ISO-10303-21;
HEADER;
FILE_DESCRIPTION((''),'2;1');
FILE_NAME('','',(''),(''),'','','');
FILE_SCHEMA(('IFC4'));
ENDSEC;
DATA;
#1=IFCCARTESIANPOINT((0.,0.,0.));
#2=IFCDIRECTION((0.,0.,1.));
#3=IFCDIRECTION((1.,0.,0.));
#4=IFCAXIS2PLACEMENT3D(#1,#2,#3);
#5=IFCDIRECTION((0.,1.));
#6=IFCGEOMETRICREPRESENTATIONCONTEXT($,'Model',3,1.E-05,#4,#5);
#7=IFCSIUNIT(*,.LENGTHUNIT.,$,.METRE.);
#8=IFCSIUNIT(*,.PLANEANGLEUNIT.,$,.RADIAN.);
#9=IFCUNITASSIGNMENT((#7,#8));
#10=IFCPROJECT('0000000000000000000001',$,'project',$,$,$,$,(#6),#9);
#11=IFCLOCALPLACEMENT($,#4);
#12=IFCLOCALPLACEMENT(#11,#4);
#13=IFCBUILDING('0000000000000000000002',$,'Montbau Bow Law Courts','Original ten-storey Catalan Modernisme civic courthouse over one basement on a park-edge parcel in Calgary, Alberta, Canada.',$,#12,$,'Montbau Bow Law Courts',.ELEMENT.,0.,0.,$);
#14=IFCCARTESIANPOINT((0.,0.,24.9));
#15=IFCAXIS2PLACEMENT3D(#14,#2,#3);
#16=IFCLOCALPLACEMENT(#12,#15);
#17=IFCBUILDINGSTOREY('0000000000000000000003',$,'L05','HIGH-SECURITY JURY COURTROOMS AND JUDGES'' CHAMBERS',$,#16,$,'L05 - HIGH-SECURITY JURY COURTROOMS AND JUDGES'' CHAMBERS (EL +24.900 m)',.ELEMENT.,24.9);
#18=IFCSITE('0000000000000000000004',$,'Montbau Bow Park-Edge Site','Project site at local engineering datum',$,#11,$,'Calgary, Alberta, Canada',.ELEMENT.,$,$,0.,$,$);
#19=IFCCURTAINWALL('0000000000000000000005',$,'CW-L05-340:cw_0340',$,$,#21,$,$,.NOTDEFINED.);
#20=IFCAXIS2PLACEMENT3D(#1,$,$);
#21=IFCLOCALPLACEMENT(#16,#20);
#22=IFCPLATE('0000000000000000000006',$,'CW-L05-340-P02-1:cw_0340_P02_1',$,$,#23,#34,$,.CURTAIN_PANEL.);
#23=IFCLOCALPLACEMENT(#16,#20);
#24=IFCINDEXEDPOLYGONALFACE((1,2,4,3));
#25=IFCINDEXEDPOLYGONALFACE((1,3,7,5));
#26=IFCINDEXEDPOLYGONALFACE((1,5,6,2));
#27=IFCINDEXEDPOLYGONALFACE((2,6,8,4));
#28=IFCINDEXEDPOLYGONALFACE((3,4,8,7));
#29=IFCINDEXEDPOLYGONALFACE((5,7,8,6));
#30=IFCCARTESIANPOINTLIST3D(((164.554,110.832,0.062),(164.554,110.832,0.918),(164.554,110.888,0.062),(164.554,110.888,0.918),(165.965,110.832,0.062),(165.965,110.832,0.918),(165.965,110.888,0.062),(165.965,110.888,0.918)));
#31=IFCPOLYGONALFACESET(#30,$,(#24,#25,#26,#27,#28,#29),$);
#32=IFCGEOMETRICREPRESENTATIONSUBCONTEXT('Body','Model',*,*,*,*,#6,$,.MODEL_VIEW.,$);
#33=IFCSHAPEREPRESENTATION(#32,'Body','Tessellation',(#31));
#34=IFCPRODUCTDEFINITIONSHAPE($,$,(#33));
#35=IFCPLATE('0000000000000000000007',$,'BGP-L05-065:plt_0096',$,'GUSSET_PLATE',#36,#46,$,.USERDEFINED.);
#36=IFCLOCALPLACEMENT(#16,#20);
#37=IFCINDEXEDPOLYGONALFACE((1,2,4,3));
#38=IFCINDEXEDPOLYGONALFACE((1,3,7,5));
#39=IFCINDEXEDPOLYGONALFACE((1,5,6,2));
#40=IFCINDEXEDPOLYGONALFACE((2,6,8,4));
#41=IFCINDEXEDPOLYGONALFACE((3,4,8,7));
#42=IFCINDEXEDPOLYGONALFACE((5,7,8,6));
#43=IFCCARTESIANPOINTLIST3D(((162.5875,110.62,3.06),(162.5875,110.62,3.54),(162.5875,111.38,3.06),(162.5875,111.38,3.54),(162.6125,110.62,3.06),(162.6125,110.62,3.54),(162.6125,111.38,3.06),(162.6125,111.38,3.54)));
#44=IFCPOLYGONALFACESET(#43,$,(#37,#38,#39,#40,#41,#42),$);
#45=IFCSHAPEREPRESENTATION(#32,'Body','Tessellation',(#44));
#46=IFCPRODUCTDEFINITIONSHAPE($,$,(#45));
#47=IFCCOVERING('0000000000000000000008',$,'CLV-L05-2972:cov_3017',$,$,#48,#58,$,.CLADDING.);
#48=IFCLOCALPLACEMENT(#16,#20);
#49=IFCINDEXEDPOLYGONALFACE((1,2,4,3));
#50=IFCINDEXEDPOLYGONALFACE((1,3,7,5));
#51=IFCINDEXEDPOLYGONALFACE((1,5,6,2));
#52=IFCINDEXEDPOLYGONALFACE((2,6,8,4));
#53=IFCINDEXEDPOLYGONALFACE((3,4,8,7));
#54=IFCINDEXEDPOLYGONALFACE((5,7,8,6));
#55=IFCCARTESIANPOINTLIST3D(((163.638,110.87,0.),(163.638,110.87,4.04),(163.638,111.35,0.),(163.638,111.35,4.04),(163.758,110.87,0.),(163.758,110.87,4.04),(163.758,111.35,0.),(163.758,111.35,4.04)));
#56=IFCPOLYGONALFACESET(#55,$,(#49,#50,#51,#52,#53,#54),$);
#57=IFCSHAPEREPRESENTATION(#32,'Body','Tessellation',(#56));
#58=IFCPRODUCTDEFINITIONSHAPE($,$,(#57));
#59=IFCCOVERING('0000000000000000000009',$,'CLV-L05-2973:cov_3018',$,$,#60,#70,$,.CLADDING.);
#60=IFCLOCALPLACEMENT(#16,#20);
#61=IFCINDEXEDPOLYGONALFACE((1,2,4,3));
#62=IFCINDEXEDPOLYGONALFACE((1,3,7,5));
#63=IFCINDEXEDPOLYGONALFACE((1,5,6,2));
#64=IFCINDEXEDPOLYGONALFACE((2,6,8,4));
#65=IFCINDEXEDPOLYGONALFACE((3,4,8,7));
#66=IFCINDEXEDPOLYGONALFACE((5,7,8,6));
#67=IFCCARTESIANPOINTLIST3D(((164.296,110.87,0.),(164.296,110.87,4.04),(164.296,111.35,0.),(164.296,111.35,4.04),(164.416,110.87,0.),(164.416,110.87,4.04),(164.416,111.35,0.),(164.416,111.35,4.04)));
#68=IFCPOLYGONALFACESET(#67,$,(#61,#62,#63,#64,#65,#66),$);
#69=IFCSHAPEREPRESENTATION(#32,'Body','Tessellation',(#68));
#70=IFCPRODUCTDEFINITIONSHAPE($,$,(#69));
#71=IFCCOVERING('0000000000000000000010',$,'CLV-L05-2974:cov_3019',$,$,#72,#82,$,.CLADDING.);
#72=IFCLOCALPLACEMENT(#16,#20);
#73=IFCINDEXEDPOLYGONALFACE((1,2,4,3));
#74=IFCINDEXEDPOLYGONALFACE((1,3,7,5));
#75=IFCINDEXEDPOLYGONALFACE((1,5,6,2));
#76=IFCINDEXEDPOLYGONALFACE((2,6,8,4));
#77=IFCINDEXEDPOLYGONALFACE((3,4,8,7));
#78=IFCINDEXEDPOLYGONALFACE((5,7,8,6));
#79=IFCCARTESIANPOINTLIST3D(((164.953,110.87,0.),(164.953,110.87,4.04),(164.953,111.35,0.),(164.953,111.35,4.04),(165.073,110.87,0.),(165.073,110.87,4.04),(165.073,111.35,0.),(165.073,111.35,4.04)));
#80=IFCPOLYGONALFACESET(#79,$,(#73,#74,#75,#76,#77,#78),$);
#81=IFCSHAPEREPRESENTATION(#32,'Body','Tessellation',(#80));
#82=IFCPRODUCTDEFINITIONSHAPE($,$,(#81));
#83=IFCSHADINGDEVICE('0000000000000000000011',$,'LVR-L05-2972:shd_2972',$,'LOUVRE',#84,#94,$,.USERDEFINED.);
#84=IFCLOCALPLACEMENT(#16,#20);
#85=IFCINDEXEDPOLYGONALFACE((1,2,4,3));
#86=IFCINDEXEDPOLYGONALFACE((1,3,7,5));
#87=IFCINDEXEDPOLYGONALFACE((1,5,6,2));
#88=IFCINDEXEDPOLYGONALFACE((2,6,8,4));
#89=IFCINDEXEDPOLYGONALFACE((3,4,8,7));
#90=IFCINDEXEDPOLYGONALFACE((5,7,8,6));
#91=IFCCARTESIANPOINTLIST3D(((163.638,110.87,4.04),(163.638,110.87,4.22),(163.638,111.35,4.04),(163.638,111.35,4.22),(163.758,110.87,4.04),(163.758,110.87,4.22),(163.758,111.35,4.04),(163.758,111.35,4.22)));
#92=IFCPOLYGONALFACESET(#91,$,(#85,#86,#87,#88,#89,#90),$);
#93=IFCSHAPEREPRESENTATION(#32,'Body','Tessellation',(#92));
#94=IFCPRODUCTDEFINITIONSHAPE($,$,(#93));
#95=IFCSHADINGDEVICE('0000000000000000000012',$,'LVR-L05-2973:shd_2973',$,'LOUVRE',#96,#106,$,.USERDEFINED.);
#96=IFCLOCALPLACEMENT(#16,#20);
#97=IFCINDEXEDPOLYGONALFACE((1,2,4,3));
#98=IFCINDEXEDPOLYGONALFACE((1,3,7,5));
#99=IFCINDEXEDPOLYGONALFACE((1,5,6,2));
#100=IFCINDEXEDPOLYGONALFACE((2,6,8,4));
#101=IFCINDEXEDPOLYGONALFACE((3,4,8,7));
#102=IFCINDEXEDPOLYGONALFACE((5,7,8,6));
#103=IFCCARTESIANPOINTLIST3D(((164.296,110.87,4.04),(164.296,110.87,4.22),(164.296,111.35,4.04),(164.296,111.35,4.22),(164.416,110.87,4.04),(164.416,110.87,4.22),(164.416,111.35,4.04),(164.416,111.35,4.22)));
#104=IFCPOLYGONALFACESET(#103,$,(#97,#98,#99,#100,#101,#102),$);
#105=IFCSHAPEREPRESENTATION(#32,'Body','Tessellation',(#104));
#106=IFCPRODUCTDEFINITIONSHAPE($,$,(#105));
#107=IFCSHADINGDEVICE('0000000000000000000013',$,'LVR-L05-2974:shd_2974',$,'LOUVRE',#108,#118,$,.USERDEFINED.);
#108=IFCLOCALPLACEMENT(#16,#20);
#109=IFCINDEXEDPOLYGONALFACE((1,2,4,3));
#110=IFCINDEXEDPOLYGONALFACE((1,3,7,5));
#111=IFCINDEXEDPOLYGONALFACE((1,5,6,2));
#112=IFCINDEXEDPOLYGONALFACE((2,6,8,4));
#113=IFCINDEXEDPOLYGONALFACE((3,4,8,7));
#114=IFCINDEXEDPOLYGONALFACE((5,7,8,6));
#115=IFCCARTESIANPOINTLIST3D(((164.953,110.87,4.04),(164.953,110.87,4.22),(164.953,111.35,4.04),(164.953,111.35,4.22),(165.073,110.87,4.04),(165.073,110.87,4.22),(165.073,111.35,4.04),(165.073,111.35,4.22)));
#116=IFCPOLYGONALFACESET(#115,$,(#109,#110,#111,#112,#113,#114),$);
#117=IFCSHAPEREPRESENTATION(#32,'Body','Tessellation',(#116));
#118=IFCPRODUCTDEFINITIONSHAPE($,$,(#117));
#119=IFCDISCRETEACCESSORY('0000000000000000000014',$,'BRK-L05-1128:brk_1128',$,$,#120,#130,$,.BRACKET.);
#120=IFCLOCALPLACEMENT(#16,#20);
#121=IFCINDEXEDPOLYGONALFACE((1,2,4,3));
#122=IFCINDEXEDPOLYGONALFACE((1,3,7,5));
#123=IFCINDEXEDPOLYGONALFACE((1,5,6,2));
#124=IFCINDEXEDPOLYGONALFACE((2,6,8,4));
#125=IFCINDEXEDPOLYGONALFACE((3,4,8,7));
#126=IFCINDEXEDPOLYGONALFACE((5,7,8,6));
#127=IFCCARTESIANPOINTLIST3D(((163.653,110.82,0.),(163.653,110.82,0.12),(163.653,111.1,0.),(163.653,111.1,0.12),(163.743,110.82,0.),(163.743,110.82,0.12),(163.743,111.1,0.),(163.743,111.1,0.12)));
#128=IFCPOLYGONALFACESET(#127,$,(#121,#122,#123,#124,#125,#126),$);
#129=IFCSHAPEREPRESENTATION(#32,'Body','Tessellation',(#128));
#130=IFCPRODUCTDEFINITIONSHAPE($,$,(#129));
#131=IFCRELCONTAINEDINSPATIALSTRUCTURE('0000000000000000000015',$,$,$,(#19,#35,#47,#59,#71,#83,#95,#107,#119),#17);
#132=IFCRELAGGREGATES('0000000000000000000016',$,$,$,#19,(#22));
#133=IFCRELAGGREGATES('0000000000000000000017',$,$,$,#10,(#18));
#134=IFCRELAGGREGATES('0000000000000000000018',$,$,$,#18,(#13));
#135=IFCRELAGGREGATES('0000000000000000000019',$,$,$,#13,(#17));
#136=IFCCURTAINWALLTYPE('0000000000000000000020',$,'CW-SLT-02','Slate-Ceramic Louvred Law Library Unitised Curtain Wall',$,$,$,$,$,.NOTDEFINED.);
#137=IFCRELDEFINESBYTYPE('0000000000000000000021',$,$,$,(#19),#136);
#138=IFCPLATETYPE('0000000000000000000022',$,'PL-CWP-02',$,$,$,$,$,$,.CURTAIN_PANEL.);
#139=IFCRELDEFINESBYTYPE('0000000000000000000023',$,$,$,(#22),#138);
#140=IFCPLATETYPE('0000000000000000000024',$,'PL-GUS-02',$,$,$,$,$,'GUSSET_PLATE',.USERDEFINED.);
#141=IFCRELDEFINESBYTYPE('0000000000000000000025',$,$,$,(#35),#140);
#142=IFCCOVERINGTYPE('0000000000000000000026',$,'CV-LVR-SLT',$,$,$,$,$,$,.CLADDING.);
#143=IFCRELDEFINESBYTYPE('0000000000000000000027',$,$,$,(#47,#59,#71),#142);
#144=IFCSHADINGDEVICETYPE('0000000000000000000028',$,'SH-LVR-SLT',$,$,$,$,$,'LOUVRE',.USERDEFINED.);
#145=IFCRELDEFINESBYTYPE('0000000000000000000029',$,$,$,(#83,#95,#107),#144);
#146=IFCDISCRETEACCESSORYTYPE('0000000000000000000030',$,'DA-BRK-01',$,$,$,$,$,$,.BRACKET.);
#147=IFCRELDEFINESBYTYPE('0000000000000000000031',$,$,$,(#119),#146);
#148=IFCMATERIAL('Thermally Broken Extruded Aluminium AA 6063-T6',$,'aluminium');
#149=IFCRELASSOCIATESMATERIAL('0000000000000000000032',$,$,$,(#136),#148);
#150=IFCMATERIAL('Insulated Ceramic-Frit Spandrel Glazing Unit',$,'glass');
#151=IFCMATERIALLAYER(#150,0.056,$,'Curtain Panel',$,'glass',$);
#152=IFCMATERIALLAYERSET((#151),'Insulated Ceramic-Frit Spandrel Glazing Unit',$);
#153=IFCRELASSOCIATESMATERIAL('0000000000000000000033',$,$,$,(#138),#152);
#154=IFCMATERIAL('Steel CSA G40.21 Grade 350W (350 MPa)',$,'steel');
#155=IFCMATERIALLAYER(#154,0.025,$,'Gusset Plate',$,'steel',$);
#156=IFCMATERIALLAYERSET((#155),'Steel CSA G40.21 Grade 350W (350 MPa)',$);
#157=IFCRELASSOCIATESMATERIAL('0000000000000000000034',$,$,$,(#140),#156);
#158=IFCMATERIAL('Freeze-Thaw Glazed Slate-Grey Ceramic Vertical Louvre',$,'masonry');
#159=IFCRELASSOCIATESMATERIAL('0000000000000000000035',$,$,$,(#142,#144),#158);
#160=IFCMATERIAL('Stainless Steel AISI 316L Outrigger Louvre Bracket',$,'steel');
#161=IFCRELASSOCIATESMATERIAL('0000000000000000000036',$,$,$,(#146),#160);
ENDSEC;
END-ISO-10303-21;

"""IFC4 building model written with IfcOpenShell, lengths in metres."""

from ifc_helpers import new_model, si_unit, direction, frame, frame_2d, origin_with_axes, origin_2d_with_axis, place, context, subcontext, project, spatial, rectangle, extrude, material, layer, layer_set, type_object, element, aggregate, save


model = new_model("IFC4")

# Units and contexts
model_context = context("Model", 3, precision=1e-05, world=origin_with_axes(), true_north=direction((0.0, 1.0)))
body_context = subcontext(model_context, "Body", "Model", "MODEL_VIEW")
ifc_project = project(units=[si_unit("LENGTHUNIT", "METRE"), si_unit("PLANEANGLEUNIT", "RADIAN")], contexts=[model_context])

# Site, building, storey
site_placement = place(None, origin_with_axes())
site = spatial("IfcSite", under=ifc_project, at=site_placement, Name="Montbau Bow Park-Edge Site", Description="Project site at local engineering datum", LongName="Calgary, Alberta, Canada", CompositionType="ELEMENT", RefElevation=0.0)
building_placement = place(site_placement, origin_with_axes())
building = spatial("IfcBuilding", under=site, at=building_placement, Name="Montbau Bow Law Courts", Description="Original ten-storey Catalan Modernisme civic courthouse over one basement on a park-edge parcel in Calgary, Alberta, Canada.", LongName="Montbau Bow Law Courts", CompositionType="ELEMENT", ElevationOfRefHeight=0.0, ElevationOfTerrain=0.0)
storey_placement = place(building_placement, frame((0.0, 0.0, 24.9), z_axis=(0.0, 0.0, 1.0), x_axis=(1.0, 0.0, 0.0)))
storey = spatial("IfcBuildingStorey", under=building, at=storey_placement, Name="L05", Description="HIGH-SECURITY JURY COURTROOMS AND JUDGES' CHAMBERS", LongName="L05 - HIGH-SECURITY JURY COURTROOMS AND JUDGES' CHAMBERS (EL +24.900 m)", CompositionType="ELEMENT", Elevation=24.9)

# Shared definitions
ifc_material_1 = material(Name="Steel CSA G40.21 Grade 350W (350 MPa)", Category="steel")

# Curtain wall, plate
ifc_material_2 = material(Name="Thermally Broken Extruded Aluminium AA 6063-T6", Category="aluminium")
curtain_wall_type = type_object("IfcCurtainWallType", Name="CW-SLT-02", Description="Slate-Ceramic Louvred Law Library Unitised Curtain Wall", PredefinedType="NOTDEFINED", material=ifc_material_2)
curtain_wall_placement = place(None, frame((163.04, 110.86, 24.9), z_axis=(0.0, 0.0, 1.0), x_axis=(1.0, 0.0, 0.0)))
curtain_wall = element("IfcCurtainWall", 1, at=curtain_wall_placement, inside=storey, type_object=curtain_wall_type, Name="CW-L05-340:cw_0340", PredefinedType="NOTDEFINED")
ifc_material_3 = material(Name="Insulated Ceramic-Frit Spandrel Glazing Unit", Category="glass")
ifc_layer_1 = layer(ifc_material_3, 0.056, Name="Curtain Panel", Category="glass")
ifc_layer_set_1 = layer_set([ifc_layer_1], Name="Insulated Ceramic-Frit Spandrel Glazing Unit")
plate_type_1 = type_object("IfcPlateType", Name="PL-CWP-02", PredefinedType="CURTAIN_PANEL", material=ifc_layer_set_1)
plate_1_placement = place(None, frame((164.554, 110.86, 24.962), z_axis=(0.0, -1.0, 0.0), x_axis=(1.0, 0.0, 0.0)))
plate_1 = element("IfcPlate", 2, at=plate_1_placement, type_object=plate_type_1, Name="CW-L05-340-P02-1:cw_0340_P02_1", PredefinedType="CURTAIN_PANEL", context=body_context, shape_type="SweptSolid", body=[
    extrude(rectangle(XDim=1.411, YDim=0.856, at=frame_2d((0.7055, 0.428), x_axis=(1.0, 0.0))), frame((0.0, 0.0, -0.028), z_axis=(0.0, 0.0, 1.0), x_axis=(1.0, 0.0, 0.0)), (0.0, 0.0, 1.0), 0.056),
])
aggregate(curtain_wall, [plate_1])

# Plate
ifc_layer_2 = layer(ifc_material_1, 0.025, Name="Gusset Plate", Category="steel")
ifc_layer_set_2 = layer_set([ifc_layer_2], Name="Steel CSA G40.21 Grade 350W (350 MPa)")
plate_type_2 = type_object("IfcPlateType", Name="PL-GUS-02", ElementType="GUSSET_PLATE", PredefinedType="USERDEFINED", material=ifc_layer_set_2)
plate_2_placement = place(None, frame((162.6, 111.0, 27.96), z_axis=(0.0, 0.0, 1.0), x_axis=(0.0, 1.0, 0.0)))
element("IfcPlate", 3, at=plate_2_placement, inside=storey, type_object=plate_type_2, Name="BGP-L05-065:plt_0096", ObjectType="GUSSET_PLATE", PredefinedType="USERDEFINED", context=body_context, shape_type="SweptSolid", body=[
    extrude(rectangle(XDim=0.76, YDim=0.025, at=origin_2d_with_axis()), origin_with_axes(), (0.0, 0.0, 1.0), 0.48),
])

# Coverings
ifc_material_4 = material(Name="Freeze-Thaw Glazed Slate-Grey Ceramic Vertical Louvre", Category="masonry")
covering_type = type_object("IfcCoveringType", Name="CV-LVR-SLT", PredefinedType="CLADDING", material=ifc_material_4)
for number, where, z_axis, x_axis, name in (
    (4, (163.698, 110.87, 24.9), (1.0, 0.0, 0.0), (0.0, 1.0, 0.0), "CLV-L05-2972:cov_3017"),
    (5, (164.356, 110.87, 24.9), (1.0, 0.0, 0.0), (0.0, 1.0, 0.0), "CLV-L05-2973:cov_3018"),
    (6, (165.013, 110.87, 24.9), (1.0, 0.0, 0.0), (0.0, 1.0, 0.0), "CLV-L05-2974:cov_3019"),
):
    element("IfcCovering", number, at=place(None, frame(where, z_axis=z_axis, x_axis=x_axis)), inside=storey, type_object=covering_type, Name=name, PredefinedType="CLADDING", context=body_context, shape_type="SweptSolid", body=[
        extrude(rectangle(XDim=0.48, YDim=4.04, at=frame_2d((0.24, 2.02), x_axis=(1.0, 0.0))), frame((0.0, 0.0, -0.06), z_axis=(0.0, 0.0, 1.0), x_axis=(1.0, 0.0, 0.0)), (0.0, 0.0, 1.0), 0.12),
    ])

# Shading devices
shading_device_type = type_object("IfcShadingDeviceType", Name="SH-LVR-SLT", ElementType="LOUVRE", PredefinedType="USERDEFINED", material=ifc_material_4)
for number, where, z_axis, x_axis, name in (
    (7, (163.698, 111.11, 28.94), (0.0, 0.0, 1.0), (0.0, 1.0, 0.0), "LVR-L05-2972:shd_2972"),
    (8, (164.356, 111.11, 28.94), (0.0, 0.0, 1.0), (0.0, 1.0, 0.0), "LVR-L05-2973:shd_2973"),
    (9, (165.013, 111.11, 28.94), (0.0, 0.0, 1.0), (0.0, 1.0, 0.0), "LVR-L05-2974:shd_2974"),
):
    element("IfcShadingDevice", number, at=place(None, frame(where, z_axis=z_axis, x_axis=x_axis)), inside=storey, type_object=shading_device_type, Name=name, ObjectType="LOUVRE", PredefinedType="USERDEFINED", context=body_context, shape_type="SweptSolid", body=[
        extrude(rectangle(XDim=0.48, YDim=0.12, at=origin_2d_with_axis()), origin_with_axes(), (0.0, 0.0, 1.0), 0.18),
    ])

# Discrete accessory
ifc_material_5 = material(Name="Stainless Steel AISI 316L Outrigger Louvre Bracket", Category="steel")
discrete_accessory_type = type_object("IfcDiscreteAccessoryType", Name="DA-BRK-01", PredefinedType="BRACKET", material=ifc_material_5)
discrete_accessory_placement = place(None, frame((163.698, 110.96, 24.9), z_axis=(0.0, 0.0, 1.0), x_axis=(0.0, 1.0, 0.0)))
element("IfcDiscreteAccessory", 10, at=discrete_accessory_placement, inside=storey, type_object=discrete_accessory_type, Name="BRK-L05-1128:brk_1128", PredefinedType="BRACKET", context=body_context, shape_type="SweptSolid", body=[
    extrude(rectangle(XDim=0.28, YDim=0.09, at=origin_2d_with_axis()), origin_with_axes(), (0.0, 0.0, 1.0), 0.12),
])

save(model, "model.ifc")
